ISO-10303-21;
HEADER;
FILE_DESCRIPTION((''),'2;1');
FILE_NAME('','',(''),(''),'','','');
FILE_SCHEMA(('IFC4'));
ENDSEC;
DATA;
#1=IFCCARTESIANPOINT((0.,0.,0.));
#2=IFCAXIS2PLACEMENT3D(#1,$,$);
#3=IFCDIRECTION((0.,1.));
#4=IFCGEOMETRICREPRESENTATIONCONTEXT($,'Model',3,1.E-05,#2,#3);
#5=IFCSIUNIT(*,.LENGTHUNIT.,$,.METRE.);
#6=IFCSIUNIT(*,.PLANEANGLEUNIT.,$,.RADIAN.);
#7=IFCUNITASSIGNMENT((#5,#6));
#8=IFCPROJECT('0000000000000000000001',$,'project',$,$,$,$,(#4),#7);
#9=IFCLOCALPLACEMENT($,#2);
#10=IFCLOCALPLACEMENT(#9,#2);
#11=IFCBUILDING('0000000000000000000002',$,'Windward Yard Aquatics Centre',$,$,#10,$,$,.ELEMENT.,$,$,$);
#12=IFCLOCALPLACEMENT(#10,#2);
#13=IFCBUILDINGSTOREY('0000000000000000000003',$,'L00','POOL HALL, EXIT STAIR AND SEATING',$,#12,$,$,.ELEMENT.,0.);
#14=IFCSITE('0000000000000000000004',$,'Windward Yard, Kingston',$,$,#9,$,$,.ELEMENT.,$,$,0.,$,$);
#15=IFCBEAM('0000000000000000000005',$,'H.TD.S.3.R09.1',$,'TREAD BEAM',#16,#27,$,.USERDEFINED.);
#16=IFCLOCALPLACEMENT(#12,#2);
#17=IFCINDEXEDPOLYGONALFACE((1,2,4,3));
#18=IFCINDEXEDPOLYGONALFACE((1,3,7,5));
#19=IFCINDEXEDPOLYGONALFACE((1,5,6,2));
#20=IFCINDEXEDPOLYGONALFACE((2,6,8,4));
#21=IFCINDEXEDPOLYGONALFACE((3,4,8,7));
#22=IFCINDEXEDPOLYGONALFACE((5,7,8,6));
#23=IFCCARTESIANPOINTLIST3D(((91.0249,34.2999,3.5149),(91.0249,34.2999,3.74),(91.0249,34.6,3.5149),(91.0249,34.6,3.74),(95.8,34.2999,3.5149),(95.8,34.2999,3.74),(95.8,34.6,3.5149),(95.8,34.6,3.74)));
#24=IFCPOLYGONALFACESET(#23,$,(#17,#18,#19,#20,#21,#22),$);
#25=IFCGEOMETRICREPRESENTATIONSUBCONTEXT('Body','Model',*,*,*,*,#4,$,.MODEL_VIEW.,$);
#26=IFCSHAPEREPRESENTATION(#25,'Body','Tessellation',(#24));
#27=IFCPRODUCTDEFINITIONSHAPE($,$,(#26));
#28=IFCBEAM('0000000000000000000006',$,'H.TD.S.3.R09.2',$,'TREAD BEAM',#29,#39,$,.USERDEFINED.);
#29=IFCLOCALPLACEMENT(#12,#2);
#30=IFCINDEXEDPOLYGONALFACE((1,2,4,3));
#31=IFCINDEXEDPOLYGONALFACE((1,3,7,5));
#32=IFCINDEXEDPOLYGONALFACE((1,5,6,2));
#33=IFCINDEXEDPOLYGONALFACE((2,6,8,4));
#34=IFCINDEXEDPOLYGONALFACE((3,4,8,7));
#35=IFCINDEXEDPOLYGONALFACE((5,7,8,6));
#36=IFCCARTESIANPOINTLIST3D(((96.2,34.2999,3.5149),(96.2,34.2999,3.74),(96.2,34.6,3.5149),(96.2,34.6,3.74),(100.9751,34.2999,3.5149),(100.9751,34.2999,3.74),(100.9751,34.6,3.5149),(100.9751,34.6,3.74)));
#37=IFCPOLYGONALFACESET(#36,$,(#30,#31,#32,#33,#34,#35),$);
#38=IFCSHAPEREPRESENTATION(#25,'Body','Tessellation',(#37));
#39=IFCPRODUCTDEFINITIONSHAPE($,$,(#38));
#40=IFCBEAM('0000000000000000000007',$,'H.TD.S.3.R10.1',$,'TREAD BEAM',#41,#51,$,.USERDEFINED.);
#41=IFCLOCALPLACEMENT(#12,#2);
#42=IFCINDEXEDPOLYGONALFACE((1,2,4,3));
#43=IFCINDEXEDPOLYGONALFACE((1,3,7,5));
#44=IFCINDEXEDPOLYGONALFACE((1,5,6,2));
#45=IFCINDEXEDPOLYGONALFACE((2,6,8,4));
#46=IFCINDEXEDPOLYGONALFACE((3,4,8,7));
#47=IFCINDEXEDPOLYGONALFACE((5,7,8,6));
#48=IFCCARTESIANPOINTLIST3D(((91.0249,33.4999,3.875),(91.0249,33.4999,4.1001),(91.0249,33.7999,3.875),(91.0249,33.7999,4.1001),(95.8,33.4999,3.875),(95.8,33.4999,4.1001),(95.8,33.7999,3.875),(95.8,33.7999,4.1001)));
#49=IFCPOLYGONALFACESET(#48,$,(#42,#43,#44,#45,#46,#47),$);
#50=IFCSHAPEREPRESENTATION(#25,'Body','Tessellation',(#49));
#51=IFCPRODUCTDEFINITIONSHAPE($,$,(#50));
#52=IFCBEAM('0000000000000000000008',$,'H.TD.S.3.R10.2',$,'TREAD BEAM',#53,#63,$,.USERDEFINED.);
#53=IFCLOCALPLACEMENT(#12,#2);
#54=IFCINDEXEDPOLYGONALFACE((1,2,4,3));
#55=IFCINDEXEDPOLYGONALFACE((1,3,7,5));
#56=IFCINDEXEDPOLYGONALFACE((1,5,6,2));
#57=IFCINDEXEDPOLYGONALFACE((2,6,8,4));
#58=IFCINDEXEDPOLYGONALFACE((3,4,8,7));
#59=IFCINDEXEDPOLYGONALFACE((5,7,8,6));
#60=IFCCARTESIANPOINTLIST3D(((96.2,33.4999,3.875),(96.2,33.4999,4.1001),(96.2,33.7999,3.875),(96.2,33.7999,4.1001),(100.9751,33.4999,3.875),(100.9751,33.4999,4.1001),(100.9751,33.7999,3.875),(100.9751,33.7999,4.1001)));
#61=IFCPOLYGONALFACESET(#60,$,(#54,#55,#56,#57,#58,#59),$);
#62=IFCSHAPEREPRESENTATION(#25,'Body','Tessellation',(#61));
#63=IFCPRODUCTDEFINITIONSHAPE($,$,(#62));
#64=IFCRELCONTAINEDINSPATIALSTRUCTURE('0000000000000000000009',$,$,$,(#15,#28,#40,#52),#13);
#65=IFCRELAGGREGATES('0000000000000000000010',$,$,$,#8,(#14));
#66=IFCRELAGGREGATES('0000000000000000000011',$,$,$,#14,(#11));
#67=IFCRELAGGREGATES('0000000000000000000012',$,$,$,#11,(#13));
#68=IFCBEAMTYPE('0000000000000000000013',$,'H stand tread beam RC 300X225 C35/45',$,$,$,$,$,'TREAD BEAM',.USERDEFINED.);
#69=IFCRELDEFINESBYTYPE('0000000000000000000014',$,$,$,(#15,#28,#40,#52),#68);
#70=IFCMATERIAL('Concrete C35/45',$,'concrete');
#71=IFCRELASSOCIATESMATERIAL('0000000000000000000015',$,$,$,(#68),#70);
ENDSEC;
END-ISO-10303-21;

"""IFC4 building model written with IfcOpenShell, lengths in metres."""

from ifc_helpers import new_model, si_unit, direction, frame, origin, origin_2d, place, context, subcontext, project, spatial, rectangle, extrude, material, material_profile, profile_set, type_object, element, save


model = new_model("IFC4")

# Units and contexts
model_context = context("Model", 3, precision=1e-05, world=origin(), true_north=direction((0.0, 1.0)))
body_context = subcontext(model_context, "Body", "Model", "MODEL_VIEW")
ifc_project = project(units=[si_unit("LENGTHUNIT", "METRE"), si_unit("PLANEANGLEUNIT", "RADIAN")], contexts=[model_context])

# Site, building, storey
site_placement = place(None, origin())
site = spatial("IfcSite", under=ifc_project, at=site_placement, Name="Windward Yard, Kingston", CompositionType="ELEMENT", RefElevation=0.0)
building_placement = place(site_placement, origin())
building = spatial("IfcBuilding", under=site, at=building_placement, Name="Windward Yard Aquatics Centre", CompositionType="ELEMENT")
storey_placement = place(building_placement, origin())
storey = spatial("IfcBuildingStorey", under=building, at=storey_placement, Name="L00", Description="POOL HALL, EXIT STAIR AND SEATING", CompositionType="ELEMENT", Elevation=0.0)

# Shared definitions
ifc_material = material(Name="Concrete C35/45", Category="concrete")

# Beams
ifc_material_profile_1 = material_profile(ifc_material, rectangle(XDim=0.3, YDim=0.2251, at=origin_2d()), Name="RC 300X225")
ifc_profile_set_1 = profile_set([ifc_material_profile_1], Name="Concrete C35/45")
beam_type_1 = type_object("IfcBeamType", Name="H stand tread beam RC 300X225 C35/45", ElementType="TREAD BEAM", PredefinedType="USERDEFINED", material=ifc_profile_set_1)
for number, where, z_axis, x_axis, name in (
    (1, (91.0249, 34.45, 3.6274), (1.0, 0.0, 0.0), (0.0, 1.0, 0.0), "H.TD.S.3.R09.1"),
    (2, (96.2, 34.45, 3.6274), (1.0, 0.0, 0.0), (0.0, 1.0, 0.0), "H.TD.S.3.R09.2"),
    (3, (91.0249, 33.6499, 3.9875), (1.0, 0.0, 0.0), (0.0, 1.0, 0.0), "H.TD.S.3.R10.1"),
    (4, (96.2, 33.6499, 3.9875), (1.0, 0.0, 0.0), (0.0, 1.0, 0.0), "H.TD.S.3.R10.2"),
):
    element("IfcBeam", number, at=place(storey_placement, frame(where, z_axis=z_axis, x_axis=x_axis)), inside=storey, type_object=beam_type_1, Name=name, ObjectType="TREAD BEAM", PredefinedType="USERDEFINED", context=body_context, shape_type="SweptSolid", body=[
        extrude(rectangle(XDim=0.3, YDim=0.2251, at=origin_2d()), origin(), (0.0, 0.0, 1.0), 4.7751),
    ])

save(model, "model.ifc")
